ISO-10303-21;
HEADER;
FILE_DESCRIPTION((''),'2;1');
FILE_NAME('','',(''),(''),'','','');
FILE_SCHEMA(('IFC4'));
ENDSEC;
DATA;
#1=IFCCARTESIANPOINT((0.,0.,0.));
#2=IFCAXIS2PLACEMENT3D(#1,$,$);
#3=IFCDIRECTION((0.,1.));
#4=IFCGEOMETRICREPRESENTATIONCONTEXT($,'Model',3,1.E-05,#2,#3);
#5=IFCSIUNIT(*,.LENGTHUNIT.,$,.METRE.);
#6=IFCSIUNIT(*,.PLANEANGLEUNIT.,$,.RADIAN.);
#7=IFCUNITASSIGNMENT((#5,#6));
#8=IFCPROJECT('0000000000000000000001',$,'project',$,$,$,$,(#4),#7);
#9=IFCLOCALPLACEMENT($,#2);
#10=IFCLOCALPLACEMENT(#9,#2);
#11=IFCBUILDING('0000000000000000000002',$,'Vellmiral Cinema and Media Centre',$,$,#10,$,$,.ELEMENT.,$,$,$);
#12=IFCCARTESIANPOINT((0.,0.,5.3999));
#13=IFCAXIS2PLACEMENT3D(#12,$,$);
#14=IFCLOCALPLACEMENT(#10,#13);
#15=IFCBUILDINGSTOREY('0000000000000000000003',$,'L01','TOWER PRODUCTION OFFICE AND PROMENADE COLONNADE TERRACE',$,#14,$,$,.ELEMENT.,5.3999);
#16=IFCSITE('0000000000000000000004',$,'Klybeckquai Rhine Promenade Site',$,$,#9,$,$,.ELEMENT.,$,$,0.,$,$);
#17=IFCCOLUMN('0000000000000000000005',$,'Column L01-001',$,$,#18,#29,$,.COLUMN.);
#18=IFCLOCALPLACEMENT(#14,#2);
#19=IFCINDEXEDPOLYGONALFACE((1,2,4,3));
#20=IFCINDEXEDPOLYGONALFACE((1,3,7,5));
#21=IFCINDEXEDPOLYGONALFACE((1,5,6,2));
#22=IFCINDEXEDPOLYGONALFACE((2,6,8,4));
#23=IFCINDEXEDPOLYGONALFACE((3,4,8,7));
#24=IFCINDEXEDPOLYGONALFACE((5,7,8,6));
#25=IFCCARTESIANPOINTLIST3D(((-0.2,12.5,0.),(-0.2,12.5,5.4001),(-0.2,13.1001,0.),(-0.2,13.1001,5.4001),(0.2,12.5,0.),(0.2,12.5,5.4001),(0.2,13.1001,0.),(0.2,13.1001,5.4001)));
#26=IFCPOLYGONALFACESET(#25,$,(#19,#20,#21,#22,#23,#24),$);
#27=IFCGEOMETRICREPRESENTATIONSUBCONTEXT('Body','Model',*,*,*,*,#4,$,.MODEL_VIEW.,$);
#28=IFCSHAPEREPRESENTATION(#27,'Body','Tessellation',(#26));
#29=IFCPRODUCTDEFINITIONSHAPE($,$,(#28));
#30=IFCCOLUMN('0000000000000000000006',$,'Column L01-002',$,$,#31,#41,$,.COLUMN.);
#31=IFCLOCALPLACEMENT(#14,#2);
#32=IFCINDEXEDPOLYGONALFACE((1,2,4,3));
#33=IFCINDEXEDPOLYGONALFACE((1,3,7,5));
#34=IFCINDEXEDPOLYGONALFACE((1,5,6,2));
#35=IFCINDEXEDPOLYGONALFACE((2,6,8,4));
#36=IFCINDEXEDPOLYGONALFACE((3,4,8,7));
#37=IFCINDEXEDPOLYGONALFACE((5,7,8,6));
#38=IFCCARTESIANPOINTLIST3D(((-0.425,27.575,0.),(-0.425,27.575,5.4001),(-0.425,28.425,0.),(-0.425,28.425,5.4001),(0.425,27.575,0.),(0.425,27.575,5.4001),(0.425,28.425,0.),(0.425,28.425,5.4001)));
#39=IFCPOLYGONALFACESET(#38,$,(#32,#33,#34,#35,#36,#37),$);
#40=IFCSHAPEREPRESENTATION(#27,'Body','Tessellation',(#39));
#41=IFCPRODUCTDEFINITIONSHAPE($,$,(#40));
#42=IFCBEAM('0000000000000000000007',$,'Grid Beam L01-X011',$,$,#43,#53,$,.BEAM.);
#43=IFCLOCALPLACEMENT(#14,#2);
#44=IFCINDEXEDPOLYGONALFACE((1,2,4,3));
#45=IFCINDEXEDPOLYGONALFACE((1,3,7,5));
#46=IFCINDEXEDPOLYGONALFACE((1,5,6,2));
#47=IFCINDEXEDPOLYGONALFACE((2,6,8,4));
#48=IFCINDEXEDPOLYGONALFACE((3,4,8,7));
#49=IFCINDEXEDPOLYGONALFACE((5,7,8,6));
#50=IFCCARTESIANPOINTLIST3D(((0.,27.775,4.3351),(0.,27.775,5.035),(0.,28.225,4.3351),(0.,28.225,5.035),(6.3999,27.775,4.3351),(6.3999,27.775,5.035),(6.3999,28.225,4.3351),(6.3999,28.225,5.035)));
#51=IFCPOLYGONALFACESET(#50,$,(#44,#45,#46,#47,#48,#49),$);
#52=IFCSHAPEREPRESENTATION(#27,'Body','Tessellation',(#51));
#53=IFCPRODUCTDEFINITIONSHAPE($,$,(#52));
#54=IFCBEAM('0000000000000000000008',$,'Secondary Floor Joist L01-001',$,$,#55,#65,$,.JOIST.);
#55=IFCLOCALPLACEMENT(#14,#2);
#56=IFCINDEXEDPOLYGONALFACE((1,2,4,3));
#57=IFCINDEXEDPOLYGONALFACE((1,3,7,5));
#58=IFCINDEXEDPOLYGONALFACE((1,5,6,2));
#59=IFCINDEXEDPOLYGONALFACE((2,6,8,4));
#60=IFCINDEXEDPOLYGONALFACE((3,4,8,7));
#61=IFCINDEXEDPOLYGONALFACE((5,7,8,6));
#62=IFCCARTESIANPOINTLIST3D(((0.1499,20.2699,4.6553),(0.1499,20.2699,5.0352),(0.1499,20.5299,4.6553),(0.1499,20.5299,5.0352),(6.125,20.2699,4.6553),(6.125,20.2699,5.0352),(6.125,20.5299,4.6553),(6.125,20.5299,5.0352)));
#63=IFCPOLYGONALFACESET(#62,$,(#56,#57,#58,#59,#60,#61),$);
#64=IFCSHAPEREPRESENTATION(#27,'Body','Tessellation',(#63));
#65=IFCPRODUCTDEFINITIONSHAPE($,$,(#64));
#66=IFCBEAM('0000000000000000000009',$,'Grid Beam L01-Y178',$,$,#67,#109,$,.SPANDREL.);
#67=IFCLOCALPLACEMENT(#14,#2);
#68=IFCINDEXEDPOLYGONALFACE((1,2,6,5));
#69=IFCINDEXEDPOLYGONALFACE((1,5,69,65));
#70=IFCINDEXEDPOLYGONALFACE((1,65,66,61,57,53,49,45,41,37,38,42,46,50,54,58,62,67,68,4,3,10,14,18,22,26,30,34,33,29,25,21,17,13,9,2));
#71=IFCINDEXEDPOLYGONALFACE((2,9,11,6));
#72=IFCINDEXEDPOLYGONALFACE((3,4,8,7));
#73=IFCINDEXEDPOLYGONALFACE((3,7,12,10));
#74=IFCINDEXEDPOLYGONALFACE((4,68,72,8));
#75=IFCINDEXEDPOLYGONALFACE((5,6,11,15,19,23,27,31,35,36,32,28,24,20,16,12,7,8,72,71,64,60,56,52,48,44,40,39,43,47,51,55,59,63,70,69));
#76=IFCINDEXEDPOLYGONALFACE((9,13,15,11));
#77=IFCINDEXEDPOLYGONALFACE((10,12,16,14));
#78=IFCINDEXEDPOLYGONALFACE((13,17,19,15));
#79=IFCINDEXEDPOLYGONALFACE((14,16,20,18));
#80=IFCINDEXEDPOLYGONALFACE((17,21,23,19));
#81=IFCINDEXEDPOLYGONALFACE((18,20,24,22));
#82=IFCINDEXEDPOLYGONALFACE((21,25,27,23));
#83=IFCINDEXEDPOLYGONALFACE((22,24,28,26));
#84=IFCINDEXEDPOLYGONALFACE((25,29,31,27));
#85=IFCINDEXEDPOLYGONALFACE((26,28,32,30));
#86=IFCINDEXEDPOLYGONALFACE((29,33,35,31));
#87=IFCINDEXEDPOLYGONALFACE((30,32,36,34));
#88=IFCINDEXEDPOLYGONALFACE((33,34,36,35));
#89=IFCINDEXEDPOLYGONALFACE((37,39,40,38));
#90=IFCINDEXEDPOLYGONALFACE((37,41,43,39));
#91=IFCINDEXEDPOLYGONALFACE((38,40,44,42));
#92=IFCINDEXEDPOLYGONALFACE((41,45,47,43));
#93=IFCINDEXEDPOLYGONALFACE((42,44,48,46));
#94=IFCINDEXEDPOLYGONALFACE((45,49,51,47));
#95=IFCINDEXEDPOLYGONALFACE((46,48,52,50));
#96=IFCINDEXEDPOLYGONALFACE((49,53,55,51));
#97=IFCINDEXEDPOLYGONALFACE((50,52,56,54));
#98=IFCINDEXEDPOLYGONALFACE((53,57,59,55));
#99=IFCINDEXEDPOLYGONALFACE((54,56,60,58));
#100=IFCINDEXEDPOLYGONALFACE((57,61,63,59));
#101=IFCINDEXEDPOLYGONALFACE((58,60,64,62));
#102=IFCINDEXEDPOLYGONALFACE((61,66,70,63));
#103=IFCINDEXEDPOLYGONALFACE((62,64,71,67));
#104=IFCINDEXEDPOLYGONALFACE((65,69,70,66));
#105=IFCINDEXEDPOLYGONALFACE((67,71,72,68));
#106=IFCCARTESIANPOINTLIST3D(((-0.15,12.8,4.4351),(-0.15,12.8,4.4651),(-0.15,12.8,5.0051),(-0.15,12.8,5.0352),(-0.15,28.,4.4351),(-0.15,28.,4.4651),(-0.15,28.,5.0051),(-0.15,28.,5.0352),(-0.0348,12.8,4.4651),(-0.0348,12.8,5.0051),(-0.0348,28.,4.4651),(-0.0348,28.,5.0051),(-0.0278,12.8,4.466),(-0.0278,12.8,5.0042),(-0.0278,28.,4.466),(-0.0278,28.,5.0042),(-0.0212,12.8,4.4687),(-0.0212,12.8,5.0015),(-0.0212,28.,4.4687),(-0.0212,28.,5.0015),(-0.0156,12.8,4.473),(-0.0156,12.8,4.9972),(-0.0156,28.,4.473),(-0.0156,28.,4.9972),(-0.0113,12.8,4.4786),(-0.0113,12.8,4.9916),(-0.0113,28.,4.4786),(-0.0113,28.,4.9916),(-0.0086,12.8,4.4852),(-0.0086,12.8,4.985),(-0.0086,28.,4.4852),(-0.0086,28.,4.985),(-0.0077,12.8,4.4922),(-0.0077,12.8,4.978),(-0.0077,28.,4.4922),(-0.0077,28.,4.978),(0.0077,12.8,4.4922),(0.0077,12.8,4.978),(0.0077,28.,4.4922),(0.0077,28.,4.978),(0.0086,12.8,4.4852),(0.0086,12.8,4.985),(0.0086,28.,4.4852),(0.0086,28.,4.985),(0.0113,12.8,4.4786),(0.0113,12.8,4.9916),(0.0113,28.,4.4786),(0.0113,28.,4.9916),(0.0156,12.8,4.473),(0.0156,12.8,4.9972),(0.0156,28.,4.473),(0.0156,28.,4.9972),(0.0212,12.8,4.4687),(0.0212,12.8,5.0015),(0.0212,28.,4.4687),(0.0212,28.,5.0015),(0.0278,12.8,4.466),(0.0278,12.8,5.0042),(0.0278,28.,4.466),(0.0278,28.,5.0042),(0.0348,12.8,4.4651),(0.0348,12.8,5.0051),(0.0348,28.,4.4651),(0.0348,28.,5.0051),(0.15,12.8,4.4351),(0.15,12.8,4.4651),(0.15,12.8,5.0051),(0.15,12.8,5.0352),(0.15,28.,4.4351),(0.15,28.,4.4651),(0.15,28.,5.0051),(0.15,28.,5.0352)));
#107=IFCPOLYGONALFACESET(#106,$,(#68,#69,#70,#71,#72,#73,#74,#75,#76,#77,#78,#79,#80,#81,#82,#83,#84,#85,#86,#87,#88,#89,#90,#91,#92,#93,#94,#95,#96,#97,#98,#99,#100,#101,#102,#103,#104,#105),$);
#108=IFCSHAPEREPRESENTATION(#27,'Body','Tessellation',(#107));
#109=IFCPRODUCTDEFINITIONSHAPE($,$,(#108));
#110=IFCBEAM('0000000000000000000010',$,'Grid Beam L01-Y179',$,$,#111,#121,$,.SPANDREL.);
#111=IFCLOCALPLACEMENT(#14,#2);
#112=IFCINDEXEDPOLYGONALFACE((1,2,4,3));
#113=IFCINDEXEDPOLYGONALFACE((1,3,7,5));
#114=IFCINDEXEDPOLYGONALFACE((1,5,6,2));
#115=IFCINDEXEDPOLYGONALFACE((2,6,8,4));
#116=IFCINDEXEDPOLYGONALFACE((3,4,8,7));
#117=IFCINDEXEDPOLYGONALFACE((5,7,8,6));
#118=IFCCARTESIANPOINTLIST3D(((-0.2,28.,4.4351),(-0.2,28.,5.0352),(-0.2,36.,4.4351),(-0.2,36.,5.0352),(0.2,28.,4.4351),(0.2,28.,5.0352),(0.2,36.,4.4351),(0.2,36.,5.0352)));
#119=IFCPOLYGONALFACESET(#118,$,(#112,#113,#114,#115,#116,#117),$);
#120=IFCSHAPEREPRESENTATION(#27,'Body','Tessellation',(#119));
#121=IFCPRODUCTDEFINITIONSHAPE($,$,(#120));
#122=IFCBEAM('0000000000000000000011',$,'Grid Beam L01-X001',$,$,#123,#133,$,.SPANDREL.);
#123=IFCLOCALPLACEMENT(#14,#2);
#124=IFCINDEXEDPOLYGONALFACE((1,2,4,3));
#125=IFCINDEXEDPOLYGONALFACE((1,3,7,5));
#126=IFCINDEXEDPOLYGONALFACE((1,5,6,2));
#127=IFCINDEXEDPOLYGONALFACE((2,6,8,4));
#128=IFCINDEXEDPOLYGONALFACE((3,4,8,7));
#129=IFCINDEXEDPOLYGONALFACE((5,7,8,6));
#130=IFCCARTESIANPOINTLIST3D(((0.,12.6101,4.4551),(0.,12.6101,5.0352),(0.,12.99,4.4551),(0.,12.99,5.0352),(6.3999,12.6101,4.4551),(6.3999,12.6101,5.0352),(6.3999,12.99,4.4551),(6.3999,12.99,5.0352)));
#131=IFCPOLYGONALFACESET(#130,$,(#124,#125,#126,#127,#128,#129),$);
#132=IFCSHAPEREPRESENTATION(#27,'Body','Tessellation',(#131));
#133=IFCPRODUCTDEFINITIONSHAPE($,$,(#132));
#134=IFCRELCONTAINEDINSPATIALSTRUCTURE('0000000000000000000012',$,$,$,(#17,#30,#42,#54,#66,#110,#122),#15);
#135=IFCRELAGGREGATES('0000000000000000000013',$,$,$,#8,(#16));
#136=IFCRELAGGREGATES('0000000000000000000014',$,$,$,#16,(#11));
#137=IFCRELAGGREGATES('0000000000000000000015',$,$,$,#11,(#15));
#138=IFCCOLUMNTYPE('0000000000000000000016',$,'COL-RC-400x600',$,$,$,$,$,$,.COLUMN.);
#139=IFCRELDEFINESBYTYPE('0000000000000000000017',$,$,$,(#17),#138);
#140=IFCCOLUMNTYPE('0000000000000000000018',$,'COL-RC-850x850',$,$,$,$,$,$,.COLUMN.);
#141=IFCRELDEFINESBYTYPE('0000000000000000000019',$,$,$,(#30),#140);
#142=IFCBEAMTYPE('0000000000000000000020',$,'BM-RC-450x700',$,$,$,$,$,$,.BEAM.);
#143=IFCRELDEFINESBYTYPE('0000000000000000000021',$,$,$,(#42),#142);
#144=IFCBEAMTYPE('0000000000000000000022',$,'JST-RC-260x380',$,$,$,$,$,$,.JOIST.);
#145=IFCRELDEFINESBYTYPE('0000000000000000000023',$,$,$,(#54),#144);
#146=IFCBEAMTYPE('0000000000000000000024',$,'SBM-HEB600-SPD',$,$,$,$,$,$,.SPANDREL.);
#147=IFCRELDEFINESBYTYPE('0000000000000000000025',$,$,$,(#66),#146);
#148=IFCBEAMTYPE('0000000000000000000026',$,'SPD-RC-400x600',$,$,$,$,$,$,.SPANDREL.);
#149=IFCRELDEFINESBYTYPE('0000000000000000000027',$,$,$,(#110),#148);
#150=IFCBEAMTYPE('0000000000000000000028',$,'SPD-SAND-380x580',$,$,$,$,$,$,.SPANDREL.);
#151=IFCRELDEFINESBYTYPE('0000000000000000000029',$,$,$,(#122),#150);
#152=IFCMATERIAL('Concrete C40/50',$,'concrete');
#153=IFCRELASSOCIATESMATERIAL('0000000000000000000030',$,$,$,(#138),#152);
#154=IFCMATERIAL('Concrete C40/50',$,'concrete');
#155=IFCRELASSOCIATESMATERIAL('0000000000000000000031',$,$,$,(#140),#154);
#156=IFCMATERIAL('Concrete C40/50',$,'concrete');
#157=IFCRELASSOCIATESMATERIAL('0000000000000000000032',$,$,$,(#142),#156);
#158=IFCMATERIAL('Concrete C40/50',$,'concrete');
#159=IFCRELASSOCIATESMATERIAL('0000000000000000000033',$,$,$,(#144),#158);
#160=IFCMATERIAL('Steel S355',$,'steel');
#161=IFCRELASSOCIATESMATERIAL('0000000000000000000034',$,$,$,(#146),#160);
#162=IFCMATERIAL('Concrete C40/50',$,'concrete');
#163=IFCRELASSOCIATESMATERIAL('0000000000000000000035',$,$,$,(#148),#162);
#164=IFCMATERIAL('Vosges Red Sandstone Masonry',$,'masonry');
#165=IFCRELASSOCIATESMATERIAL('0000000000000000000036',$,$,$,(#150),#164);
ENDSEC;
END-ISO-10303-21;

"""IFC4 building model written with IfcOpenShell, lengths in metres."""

from ifc_helpers import new_model, si_unit, direction, frame, origin, origin_2d, place, context, subcontext, project, spatial, rectangle, i_section, extrude, material, material_profile, profile_set, type_object, element, save


model = new_model("IFC4")

# Units and contexts
model_context = context("Model", 3, precision=1e-05, world=origin(), true_north=direction((0.0, 1.0)))
body_context = subcontext(model_context, "Body", "Model", "MODEL_VIEW")
ifc_project = project(units=[si_unit("LENGTHUNIT", "METRE"), si_unit("PLANEANGLEUNIT", "RADIAN")], contexts=[model_context])

# Site, building, storey
site_placement = place(None, origin())
site = spatial("IfcSite", under=ifc_project, at=site_placement, Name="Klybeckquai Rhine Promenade Site", CompositionType="ELEMENT", RefElevation=0.0)
building_placement = place(site_placement, origin())
building = spatial("IfcBuilding", under=site, at=building_placement, Name="Vellmiral Cinema and Media Centre", CompositionType="ELEMENT")
storey_placement = place(building_placement, frame((0.0, 0.0, 5.3999)))
storey = spatial("IfcBuildingStorey", under=building, at=storey_placement, Name="L01", Description="TOWER PRODUCTION OFFICE AND PROMENADE COLONNADE TERRACE", CompositionType="ELEMENT", Elevation=5.3999)

# Columns
ifc_material_1 = material(Name="Concrete C40/50", Category="concrete")
ifc_material_profile_1 = material_profile(ifc_material_1, rectangle(XDim=0.3999, YDim=0.6001, at=origin_2d()), Name="RC 400x600")
ifc_profile_set_1 = profile_set([ifc_material_profile_1], Name="Concrete C40/50")
column_type_1 = type_object("IfcColumnType", Name="COL-RC-400x600", PredefinedType="COLUMN", material=ifc_profile_set_1)
column_1_placement = place(storey_placement, frame((0.0, 12.8, 0.0), z_axis=(0.0, 0.0, 1.0), x_axis=(1.0, 0.0, 0.0)))
element("IfcColumn", 1, at=column_1_placement, inside=storey, type_object=column_type_1, Name="Column L01-001", PredefinedType="COLUMN", context=body_context, shape_type="SweptSolid", body=[
    extrude(rectangle(XDim=0.3999, YDim=0.6001, at=origin_2d()), origin(), (0.0, 0.0, 1.0), 5.4001),
])
ifc_material_2 = material(Name="Concrete C40/50", Category="concrete")
ifc_material_profile_2 = material_profile(ifc_material_2, rectangle(XDim=0.8501, YDim=0.8501, at=origin_2d()), Name="RC 850x850")
ifc_profile_set_2 = profile_set([ifc_material_profile_2], Name="Concrete C40/50")
column_type_2 = type_object("IfcColumnType", Name="COL-RC-850x850", PredefinedType="COLUMN", material=ifc_profile_set_2)
column_2_placement = place(storey_placement, frame((0.0, 28.0, 0.0), z_axis=(0.0, 0.0, 1.0), x_axis=(1.0, 0.0, 0.0)))
element("IfcColumn", 2, at=column_2_placement, inside=storey, type_object=column_type_2, Name="Column L01-002", PredefinedType="COLUMN", context=body_context, shape_type="SweptSolid", body=[
    extrude(rectangle(XDim=0.8501, YDim=0.8501, at=origin_2d()), origin(), (0.0, 0.0, 1.0), 5.4001),
])

# Beams
ifc_material_3 = material(Name="Concrete C40/50", Category="concrete")
ifc_material_profile_3 = material_profile(ifc_material_3, rectangle(XDim=0.45, YDim=0.7, at=origin_2d()), Name="RC 450x700")
ifc_profile_set_3 = profile_set([ifc_material_profile_3], Name="Concrete C40/50")
beam_type_1 = type_object("IfcBeamType", Name="BM-RC-450x700", PredefinedType="BEAM", material=ifc_profile_set_3)
beam_1_placement = place(storey_placement, frame((0.0, 28.0, 4.6851), z_axis=(1.0, 0.0, 0.0), x_axis=(0.0, 1.0, 0.0)))
element("IfcBeam", 3, at=beam_1_placement, inside=storey, type_object=beam_type_1, Name="Grid Beam L01-X011", PredefinedType="BEAM", context=body_context, shape_type="SweptSolid", body=[
    extrude(rectangle(XDim=0.45, YDim=0.7, at=origin_2d()), origin(), (0.0, 0.0, 1.0), 6.3999),
])
ifc_material_4 = material(Name="Concrete C40/50", Category="concrete")
ifc_material_profile_4 = material_profile(ifc_material_4, rectangle(XDim=0.26, YDim=0.3799, at=origin_2d()), Name="RC 260x380")
ifc_profile_set_4 = profile_set([ifc_material_profile_4], Name="Concrete C40/50")
beam_type_2 = type_object("IfcBeamType", Name="JST-RC-260x380", PredefinedType="JOIST", material=ifc_profile_set_4)
beam_2_placement = place(storey_placement, frame((0.1499, 20.3999, 4.8452), z_axis=(1.0, 0.0, 0.0), x_axis=(0.0, 1.0, 0.0)))
element("IfcBeam", 4, at=beam_2_placement, inside=storey, type_object=beam_type_2, Name="Secondary Floor Joist L01-001", PredefinedType="JOIST", context=body_context, shape_type="SweptSolid", body=[
    extrude(rectangle(XDim=0.26, YDim=0.3799, at=origin_2d()), origin(), (0.0, 0.0, 1.0), 5.9751),
])
ifc_material_5 = material(Name="Steel S355", Category="steel")
ifc_material_profile_5 = material_profile(ifc_material_5, i_section(OverallWidth=0.3, OverallDepth=0.6001, WebThickness=0.0154, FlangeThickness=0.03, FilletRadius=0.0271, at=origin_2d()), Name="HEB 600")
ifc_profile_set_5 = profile_set([ifc_material_profile_5], Name="Steel S355")
beam_type_3 = type_object("IfcBeamType", Name="SBM-HEB600-SPD", PredefinedType="SPANDREL", material=ifc_profile_set_5)
beam_3_placement = place(storey_placement, frame((0.0, 12.8, 4.7351), z_axis=(0.0, 1.0, 0.0), x_axis=(-1.0, 0.0, 0.0)))
element("IfcBeam", 5, at=beam_3_placement, inside=storey, type_object=beam_type_3, Name="Grid Beam L01-Y178", PredefinedType="SPANDREL", context=body_context, shape_type="SweptSolid", body=[
    extrude(i_section(OverallWidth=0.3, OverallDepth=0.6001, WebThickness=0.0154, FlangeThickness=0.03, FilletRadius=0.0271, at=origin_2d()), origin(), (0.0, 0.0, 1.0), 15.2),
])
ifc_material_6 = material(Name="Concrete C40/50", Category="concrete")
ifc_material_profile_6 = material_profile(ifc_material_6, rectangle(XDim=0.3999, YDim=0.6001, at=origin_2d()), Name="RC 400x600")
ifc_profile_set_6 = profile_set([ifc_material_profile_6], Name="Concrete C40/50")
beam_type_4 = type_object("IfcBeamType", Name="SPD-RC-400x600", PredefinedType="SPANDREL", material=ifc_profile_set_6)
beam_4_placement = place(storey_placement, frame((0.0, 28.0, 4.7351), z_axis=(0.0, 1.0, 0.0), x_axis=(-1.0, 0.0, 0.0)))
element("IfcBeam", 6, at=beam_4_placement, inside=storey, type_object=beam_type_4, Name="Grid Beam L01-Y179", PredefinedType="SPANDREL", context=body_context, shape_type="SweptSolid", body=[
    extrude(rectangle(XDim=0.3999, YDim=0.6001, at=origin_2d()), origin(), (0.0, 0.0, 1.0), 8.0),
])
ifc_material_7 = material(Name="Vosges Red Sandstone Masonry", Category="masonry")
ifc_material_profile_7 = material_profile(ifc_material_7, rectangle(XDim=0.3799, YDim=0.5801, at=origin_2d()), Name="SAND 380x580")
ifc_profile_set_7 = profile_set([ifc_material_profile_7], Name="Vosges Red Sandstone Masonry")
beam_type_5 = type_object("IfcBeamType", Name="SPD-SAND-380x580", PredefinedType="SPANDREL", material=ifc_profile_set_7)
beam_5_placement = place(storey_placement, frame((0.0, 12.8, 4.7451), z_axis=(1.0, 0.0, 0.0), x_axis=(0.0, 1.0, 0.0)))
element("IfcBeam", 7, at=beam_5_placement, inside=storey, type_object=beam_type_5, Name="Grid Beam L01-X001", PredefinedType="SPANDREL", context=body_context, shape_type="SweptSolid", body=[
    extrude(rectangle(XDim=0.3799, YDim=0.5801, at=origin_2d()), origin(), (0.0, 0.0, 1.0), 6.3999),
])

save(model, "model.ifc")
